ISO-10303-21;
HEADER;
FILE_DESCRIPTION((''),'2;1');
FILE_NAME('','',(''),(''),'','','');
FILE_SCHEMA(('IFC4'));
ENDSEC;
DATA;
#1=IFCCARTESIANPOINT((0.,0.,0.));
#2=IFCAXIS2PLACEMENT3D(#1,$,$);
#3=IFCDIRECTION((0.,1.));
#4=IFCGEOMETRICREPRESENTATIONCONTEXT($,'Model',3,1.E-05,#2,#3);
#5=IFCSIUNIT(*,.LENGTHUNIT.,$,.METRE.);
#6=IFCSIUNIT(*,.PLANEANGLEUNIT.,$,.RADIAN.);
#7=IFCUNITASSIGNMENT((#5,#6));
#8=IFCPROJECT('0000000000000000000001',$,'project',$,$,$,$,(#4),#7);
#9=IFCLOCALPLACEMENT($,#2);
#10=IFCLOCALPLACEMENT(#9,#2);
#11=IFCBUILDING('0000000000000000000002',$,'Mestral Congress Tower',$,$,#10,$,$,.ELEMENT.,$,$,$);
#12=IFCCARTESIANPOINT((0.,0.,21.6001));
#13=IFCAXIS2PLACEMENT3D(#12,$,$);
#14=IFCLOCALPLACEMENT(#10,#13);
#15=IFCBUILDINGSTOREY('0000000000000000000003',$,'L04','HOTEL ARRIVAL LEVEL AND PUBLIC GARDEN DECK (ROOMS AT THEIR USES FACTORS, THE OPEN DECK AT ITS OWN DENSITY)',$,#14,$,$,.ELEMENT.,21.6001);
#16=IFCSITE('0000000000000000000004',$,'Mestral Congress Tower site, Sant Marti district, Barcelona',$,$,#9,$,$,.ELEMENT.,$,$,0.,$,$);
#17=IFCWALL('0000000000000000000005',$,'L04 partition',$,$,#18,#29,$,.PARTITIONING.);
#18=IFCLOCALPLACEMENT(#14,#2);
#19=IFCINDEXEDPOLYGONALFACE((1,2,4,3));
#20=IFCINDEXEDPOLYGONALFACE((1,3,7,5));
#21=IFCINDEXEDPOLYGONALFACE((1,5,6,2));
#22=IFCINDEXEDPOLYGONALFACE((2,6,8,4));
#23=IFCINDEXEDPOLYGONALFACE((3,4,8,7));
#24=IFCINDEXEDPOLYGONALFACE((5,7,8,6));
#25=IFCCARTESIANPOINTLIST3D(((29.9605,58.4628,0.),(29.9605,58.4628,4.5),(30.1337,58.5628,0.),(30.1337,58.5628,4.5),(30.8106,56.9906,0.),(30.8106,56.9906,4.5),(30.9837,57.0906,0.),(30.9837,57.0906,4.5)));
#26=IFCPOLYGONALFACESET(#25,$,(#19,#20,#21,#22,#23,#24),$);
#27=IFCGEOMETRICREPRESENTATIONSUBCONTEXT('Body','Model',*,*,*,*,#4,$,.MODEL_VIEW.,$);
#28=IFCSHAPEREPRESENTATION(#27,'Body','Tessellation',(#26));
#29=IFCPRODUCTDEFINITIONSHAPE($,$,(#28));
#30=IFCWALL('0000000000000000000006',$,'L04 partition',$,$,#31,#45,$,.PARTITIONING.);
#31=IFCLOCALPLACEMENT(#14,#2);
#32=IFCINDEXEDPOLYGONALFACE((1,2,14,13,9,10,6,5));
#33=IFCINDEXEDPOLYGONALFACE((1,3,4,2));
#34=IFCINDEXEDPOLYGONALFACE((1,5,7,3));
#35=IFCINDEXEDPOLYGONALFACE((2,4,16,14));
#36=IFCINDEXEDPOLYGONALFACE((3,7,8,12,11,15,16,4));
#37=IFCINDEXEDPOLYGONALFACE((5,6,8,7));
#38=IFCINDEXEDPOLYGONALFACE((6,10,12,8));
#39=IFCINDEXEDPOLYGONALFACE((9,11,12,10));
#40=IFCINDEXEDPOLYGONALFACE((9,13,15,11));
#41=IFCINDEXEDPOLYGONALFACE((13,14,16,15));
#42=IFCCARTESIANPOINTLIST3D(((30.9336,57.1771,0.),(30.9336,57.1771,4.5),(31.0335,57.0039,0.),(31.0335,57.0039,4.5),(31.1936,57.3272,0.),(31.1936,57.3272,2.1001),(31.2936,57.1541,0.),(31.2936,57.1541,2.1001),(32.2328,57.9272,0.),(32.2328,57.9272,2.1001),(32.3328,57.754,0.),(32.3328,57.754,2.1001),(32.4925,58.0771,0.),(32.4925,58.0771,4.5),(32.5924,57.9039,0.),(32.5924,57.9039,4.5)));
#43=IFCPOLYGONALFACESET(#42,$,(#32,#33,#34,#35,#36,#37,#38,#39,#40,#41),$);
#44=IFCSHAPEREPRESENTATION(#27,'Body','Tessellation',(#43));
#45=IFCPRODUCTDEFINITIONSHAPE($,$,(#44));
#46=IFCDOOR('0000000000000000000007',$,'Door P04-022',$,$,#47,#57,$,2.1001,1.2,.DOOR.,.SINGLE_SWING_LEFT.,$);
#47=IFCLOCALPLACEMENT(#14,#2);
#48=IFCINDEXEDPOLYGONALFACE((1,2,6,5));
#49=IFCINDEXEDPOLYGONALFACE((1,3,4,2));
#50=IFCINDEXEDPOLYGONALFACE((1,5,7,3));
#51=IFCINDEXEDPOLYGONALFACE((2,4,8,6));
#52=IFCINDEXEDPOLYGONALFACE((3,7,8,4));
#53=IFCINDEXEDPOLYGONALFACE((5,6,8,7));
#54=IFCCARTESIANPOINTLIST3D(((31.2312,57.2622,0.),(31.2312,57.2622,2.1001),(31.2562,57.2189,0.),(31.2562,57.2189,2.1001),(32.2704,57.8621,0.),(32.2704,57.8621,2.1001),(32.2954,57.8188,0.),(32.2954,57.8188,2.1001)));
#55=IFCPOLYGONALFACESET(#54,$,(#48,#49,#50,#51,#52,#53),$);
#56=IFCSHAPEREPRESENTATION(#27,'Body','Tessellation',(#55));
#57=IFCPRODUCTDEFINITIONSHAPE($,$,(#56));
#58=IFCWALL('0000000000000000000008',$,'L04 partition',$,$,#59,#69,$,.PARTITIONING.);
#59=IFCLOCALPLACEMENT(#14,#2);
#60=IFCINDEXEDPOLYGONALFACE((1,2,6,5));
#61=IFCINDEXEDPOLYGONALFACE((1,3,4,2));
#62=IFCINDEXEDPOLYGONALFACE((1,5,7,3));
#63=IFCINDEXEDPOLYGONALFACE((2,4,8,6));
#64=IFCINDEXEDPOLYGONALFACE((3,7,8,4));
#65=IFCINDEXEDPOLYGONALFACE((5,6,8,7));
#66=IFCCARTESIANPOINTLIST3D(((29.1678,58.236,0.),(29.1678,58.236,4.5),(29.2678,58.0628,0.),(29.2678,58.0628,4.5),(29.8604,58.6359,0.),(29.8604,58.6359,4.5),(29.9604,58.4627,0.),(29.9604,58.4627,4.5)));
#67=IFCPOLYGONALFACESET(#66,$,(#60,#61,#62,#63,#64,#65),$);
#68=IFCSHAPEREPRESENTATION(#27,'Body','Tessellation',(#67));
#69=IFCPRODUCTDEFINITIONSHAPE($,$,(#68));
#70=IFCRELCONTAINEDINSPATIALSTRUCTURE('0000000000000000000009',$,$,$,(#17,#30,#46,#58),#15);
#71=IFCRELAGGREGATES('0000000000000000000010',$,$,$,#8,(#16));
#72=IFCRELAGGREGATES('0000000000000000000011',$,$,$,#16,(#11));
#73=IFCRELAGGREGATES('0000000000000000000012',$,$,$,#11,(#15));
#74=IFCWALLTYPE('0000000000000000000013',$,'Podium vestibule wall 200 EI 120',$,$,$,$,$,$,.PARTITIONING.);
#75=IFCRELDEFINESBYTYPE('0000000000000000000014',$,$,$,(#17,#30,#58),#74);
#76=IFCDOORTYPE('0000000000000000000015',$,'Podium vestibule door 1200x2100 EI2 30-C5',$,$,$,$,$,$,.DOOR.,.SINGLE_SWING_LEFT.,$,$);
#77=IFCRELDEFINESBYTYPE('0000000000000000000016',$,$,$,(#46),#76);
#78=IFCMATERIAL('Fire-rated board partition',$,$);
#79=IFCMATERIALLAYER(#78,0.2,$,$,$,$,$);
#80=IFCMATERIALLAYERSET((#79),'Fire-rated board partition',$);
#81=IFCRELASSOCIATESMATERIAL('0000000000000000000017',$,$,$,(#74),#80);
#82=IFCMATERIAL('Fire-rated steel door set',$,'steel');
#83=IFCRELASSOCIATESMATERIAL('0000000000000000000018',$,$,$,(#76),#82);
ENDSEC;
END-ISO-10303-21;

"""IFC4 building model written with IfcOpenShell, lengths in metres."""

from ifc_helpers import new_model, si_unit, direction, frame, frame_2d, origin, place, context, subcontext, project, spatial, rectangle, extrude, material, layer, layer_set, type_object, element, fill, save


model = new_model("IFC4")

# Units and contexts
model_context = context("Model", 3, precision=1e-05, world=origin(), true_north=direction((0.0, 1.0)))
body_context = subcontext(model_context, "Body", "Model", "MODEL_VIEW")
ifc_project = project(units=[si_unit("LENGTHUNIT", "METRE"), si_unit("PLANEANGLEUNIT", "RADIAN")], contexts=[model_context])

# Site, building, storey
site_placement = place(None, origin())
site = spatial("IfcSite", under=ifc_project, at=site_placement, Name="Mestral Congress Tower site, Sant Marti district, Barcelona", CompositionType="ELEMENT", RefElevation=0.0)
building_placement = place(site_placement, origin())
building = spatial("IfcBuilding", under=site, at=building_placement, Name="Mestral Congress Tower", CompositionType="ELEMENT")
storey_placement = place(building_placement, frame((0.0, 0.0, 21.6001)))
storey = spatial("IfcBuildingStorey", under=building, at=storey_placement, Name="L04", Description="HOTEL ARRIVAL LEVEL AND PUBLIC GARDEN DECK (ROOMS AT THEIR USES FACTORS, THE OPEN DECK AT ITS OWN DENSITY)", CompositionType="ELEMENT", Elevation=21.6001)

# Shared definitions
ifc_material_1 = material(Name="Fire-rated steel door set", Category="steel")

# Wall
ifc_material_2 = material(Name="Fire-rated board partition")
ifc_layer_1 = layer(ifc_material_2, 0.2)
ifc_layer_set_1 = layer_set([ifc_layer_1], Name="Fire-rated board partition")
wall_type_1 = type_object("IfcWallType", Name="Podium vestibule wall 200 EI 120", PredefinedType="PARTITIONING", material=ifc_layer_set_1)
wall_1_placement = place(storey_placement, frame((30.8972, 57.0405, 0.0), z_axis=(0.0, 0.0, 1.0), x_axis=(-0.500062, 0.865989, 0.0)))
element("IfcWall", 1, at=wall_1_placement, inside=storey, type_object=wall_type_1, Name="L04 partition", PredefinedType="PARTITIONING", context=body_context, shape_type="SweptSolid", body=[
    extrude(rectangle(XDim=1.7, YDim=0.2, at=frame_2d((0.8501, 0.0))), origin(), (0.0, 0.0, 1.0), 4.5),
])

# Wall, opening, door
wall_2_placement = place(storey_placement, frame((30.9836, 57.0906, 0.0), z_axis=(0.0, 0.0, 1.0), x_axis=(0.866048, 0.499961, 0.0)))
wall_2 = element("IfcWall", 2, at=wall_2_placement, inside=storey, type_object=wall_type_1, Name="L04 partition", PredefinedType="PARTITIONING", context=body_context, shape_type="SweptSolid", body=[
    extrude(rectangle(XDim=1.8, YDim=0.2, at=frame_2d((0.8999, 0.0))), origin(), (0.0, 0.0, 1.0), 4.5),
])
opening_1_placement = place(wall_2_placement, frame((0.3, 0.0, 0.0)))
opening_1 = element("IfcOpeningElement", 3, at=opening_1_placement, cuts=wall_2, PredefinedType="OPENING", context=body_context, shape_type="SweptSolid", body=[
    extrude(rectangle(XDim=1.2, YDim=2.1001, at=frame_2d((0.6001, 1.05))), frame((0.0, 0.1099, 0.0), z_axis=(0.0, -1.0, 0.0), x_axis=(1.0, 0.0, 0.0)), (0.0, 0.0, 1.0), 0.22),
])
door_type_1 = type_object("IfcDoorType", Name="Podium vestibule door 1200x2100 EI2 30-C5", OperationType="SINGLE_SWING_LEFT", PredefinedType="DOOR", material=ifc_material_1)
door_1_placement = place(opening_1_placement, origin())
door_1 = element("IfcDoor", 4, at=door_1_placement, inside=storey, type_object=door_type_1, Name="Door P04-022", OperationType="SINGLE_SWING_LEFT", OverallHeight=2.1001, OverallWidth=1.2, PredefinedType="DOOR", context=body_context, shape_type="SweptSolid", body=[
    extrude(rectangle(XDim=1.2, YDim=2.1001, at=frame_2d((0.6001, 1.05))), frame((0.0, 0.0249, 0.0), z_axis=(0.0, -1.0, 0.0), x_axis=(1.0, 0.0, 0.0)), (0.0, 0.0, 1.0), 0.05),
])
fill(opening_1, door_1)

# Wall
wall_3_placement = place(storey_placement, frame((29.2178, 58.1494, 0.0), z_axis=(0.0, 0.0, 1.0), x_axis=(0.866018, 0.500013, 0.0)))
element("IfcWall", 5, at=wall_3_placement, inside=storey, type_object=wall_type_1, Name="L04 partition", PredefinedType="PARTITIONING", context=body_context, shape_type="SweptSolid", body=[
    extrude(rectangle(XDim=0.7998, YDim=0.2, at=frame_2d((0.3999, 0.0))), origin(), (0.0, 0.0, 1.0), 4.5),
])

save(model, "model.ifc")
